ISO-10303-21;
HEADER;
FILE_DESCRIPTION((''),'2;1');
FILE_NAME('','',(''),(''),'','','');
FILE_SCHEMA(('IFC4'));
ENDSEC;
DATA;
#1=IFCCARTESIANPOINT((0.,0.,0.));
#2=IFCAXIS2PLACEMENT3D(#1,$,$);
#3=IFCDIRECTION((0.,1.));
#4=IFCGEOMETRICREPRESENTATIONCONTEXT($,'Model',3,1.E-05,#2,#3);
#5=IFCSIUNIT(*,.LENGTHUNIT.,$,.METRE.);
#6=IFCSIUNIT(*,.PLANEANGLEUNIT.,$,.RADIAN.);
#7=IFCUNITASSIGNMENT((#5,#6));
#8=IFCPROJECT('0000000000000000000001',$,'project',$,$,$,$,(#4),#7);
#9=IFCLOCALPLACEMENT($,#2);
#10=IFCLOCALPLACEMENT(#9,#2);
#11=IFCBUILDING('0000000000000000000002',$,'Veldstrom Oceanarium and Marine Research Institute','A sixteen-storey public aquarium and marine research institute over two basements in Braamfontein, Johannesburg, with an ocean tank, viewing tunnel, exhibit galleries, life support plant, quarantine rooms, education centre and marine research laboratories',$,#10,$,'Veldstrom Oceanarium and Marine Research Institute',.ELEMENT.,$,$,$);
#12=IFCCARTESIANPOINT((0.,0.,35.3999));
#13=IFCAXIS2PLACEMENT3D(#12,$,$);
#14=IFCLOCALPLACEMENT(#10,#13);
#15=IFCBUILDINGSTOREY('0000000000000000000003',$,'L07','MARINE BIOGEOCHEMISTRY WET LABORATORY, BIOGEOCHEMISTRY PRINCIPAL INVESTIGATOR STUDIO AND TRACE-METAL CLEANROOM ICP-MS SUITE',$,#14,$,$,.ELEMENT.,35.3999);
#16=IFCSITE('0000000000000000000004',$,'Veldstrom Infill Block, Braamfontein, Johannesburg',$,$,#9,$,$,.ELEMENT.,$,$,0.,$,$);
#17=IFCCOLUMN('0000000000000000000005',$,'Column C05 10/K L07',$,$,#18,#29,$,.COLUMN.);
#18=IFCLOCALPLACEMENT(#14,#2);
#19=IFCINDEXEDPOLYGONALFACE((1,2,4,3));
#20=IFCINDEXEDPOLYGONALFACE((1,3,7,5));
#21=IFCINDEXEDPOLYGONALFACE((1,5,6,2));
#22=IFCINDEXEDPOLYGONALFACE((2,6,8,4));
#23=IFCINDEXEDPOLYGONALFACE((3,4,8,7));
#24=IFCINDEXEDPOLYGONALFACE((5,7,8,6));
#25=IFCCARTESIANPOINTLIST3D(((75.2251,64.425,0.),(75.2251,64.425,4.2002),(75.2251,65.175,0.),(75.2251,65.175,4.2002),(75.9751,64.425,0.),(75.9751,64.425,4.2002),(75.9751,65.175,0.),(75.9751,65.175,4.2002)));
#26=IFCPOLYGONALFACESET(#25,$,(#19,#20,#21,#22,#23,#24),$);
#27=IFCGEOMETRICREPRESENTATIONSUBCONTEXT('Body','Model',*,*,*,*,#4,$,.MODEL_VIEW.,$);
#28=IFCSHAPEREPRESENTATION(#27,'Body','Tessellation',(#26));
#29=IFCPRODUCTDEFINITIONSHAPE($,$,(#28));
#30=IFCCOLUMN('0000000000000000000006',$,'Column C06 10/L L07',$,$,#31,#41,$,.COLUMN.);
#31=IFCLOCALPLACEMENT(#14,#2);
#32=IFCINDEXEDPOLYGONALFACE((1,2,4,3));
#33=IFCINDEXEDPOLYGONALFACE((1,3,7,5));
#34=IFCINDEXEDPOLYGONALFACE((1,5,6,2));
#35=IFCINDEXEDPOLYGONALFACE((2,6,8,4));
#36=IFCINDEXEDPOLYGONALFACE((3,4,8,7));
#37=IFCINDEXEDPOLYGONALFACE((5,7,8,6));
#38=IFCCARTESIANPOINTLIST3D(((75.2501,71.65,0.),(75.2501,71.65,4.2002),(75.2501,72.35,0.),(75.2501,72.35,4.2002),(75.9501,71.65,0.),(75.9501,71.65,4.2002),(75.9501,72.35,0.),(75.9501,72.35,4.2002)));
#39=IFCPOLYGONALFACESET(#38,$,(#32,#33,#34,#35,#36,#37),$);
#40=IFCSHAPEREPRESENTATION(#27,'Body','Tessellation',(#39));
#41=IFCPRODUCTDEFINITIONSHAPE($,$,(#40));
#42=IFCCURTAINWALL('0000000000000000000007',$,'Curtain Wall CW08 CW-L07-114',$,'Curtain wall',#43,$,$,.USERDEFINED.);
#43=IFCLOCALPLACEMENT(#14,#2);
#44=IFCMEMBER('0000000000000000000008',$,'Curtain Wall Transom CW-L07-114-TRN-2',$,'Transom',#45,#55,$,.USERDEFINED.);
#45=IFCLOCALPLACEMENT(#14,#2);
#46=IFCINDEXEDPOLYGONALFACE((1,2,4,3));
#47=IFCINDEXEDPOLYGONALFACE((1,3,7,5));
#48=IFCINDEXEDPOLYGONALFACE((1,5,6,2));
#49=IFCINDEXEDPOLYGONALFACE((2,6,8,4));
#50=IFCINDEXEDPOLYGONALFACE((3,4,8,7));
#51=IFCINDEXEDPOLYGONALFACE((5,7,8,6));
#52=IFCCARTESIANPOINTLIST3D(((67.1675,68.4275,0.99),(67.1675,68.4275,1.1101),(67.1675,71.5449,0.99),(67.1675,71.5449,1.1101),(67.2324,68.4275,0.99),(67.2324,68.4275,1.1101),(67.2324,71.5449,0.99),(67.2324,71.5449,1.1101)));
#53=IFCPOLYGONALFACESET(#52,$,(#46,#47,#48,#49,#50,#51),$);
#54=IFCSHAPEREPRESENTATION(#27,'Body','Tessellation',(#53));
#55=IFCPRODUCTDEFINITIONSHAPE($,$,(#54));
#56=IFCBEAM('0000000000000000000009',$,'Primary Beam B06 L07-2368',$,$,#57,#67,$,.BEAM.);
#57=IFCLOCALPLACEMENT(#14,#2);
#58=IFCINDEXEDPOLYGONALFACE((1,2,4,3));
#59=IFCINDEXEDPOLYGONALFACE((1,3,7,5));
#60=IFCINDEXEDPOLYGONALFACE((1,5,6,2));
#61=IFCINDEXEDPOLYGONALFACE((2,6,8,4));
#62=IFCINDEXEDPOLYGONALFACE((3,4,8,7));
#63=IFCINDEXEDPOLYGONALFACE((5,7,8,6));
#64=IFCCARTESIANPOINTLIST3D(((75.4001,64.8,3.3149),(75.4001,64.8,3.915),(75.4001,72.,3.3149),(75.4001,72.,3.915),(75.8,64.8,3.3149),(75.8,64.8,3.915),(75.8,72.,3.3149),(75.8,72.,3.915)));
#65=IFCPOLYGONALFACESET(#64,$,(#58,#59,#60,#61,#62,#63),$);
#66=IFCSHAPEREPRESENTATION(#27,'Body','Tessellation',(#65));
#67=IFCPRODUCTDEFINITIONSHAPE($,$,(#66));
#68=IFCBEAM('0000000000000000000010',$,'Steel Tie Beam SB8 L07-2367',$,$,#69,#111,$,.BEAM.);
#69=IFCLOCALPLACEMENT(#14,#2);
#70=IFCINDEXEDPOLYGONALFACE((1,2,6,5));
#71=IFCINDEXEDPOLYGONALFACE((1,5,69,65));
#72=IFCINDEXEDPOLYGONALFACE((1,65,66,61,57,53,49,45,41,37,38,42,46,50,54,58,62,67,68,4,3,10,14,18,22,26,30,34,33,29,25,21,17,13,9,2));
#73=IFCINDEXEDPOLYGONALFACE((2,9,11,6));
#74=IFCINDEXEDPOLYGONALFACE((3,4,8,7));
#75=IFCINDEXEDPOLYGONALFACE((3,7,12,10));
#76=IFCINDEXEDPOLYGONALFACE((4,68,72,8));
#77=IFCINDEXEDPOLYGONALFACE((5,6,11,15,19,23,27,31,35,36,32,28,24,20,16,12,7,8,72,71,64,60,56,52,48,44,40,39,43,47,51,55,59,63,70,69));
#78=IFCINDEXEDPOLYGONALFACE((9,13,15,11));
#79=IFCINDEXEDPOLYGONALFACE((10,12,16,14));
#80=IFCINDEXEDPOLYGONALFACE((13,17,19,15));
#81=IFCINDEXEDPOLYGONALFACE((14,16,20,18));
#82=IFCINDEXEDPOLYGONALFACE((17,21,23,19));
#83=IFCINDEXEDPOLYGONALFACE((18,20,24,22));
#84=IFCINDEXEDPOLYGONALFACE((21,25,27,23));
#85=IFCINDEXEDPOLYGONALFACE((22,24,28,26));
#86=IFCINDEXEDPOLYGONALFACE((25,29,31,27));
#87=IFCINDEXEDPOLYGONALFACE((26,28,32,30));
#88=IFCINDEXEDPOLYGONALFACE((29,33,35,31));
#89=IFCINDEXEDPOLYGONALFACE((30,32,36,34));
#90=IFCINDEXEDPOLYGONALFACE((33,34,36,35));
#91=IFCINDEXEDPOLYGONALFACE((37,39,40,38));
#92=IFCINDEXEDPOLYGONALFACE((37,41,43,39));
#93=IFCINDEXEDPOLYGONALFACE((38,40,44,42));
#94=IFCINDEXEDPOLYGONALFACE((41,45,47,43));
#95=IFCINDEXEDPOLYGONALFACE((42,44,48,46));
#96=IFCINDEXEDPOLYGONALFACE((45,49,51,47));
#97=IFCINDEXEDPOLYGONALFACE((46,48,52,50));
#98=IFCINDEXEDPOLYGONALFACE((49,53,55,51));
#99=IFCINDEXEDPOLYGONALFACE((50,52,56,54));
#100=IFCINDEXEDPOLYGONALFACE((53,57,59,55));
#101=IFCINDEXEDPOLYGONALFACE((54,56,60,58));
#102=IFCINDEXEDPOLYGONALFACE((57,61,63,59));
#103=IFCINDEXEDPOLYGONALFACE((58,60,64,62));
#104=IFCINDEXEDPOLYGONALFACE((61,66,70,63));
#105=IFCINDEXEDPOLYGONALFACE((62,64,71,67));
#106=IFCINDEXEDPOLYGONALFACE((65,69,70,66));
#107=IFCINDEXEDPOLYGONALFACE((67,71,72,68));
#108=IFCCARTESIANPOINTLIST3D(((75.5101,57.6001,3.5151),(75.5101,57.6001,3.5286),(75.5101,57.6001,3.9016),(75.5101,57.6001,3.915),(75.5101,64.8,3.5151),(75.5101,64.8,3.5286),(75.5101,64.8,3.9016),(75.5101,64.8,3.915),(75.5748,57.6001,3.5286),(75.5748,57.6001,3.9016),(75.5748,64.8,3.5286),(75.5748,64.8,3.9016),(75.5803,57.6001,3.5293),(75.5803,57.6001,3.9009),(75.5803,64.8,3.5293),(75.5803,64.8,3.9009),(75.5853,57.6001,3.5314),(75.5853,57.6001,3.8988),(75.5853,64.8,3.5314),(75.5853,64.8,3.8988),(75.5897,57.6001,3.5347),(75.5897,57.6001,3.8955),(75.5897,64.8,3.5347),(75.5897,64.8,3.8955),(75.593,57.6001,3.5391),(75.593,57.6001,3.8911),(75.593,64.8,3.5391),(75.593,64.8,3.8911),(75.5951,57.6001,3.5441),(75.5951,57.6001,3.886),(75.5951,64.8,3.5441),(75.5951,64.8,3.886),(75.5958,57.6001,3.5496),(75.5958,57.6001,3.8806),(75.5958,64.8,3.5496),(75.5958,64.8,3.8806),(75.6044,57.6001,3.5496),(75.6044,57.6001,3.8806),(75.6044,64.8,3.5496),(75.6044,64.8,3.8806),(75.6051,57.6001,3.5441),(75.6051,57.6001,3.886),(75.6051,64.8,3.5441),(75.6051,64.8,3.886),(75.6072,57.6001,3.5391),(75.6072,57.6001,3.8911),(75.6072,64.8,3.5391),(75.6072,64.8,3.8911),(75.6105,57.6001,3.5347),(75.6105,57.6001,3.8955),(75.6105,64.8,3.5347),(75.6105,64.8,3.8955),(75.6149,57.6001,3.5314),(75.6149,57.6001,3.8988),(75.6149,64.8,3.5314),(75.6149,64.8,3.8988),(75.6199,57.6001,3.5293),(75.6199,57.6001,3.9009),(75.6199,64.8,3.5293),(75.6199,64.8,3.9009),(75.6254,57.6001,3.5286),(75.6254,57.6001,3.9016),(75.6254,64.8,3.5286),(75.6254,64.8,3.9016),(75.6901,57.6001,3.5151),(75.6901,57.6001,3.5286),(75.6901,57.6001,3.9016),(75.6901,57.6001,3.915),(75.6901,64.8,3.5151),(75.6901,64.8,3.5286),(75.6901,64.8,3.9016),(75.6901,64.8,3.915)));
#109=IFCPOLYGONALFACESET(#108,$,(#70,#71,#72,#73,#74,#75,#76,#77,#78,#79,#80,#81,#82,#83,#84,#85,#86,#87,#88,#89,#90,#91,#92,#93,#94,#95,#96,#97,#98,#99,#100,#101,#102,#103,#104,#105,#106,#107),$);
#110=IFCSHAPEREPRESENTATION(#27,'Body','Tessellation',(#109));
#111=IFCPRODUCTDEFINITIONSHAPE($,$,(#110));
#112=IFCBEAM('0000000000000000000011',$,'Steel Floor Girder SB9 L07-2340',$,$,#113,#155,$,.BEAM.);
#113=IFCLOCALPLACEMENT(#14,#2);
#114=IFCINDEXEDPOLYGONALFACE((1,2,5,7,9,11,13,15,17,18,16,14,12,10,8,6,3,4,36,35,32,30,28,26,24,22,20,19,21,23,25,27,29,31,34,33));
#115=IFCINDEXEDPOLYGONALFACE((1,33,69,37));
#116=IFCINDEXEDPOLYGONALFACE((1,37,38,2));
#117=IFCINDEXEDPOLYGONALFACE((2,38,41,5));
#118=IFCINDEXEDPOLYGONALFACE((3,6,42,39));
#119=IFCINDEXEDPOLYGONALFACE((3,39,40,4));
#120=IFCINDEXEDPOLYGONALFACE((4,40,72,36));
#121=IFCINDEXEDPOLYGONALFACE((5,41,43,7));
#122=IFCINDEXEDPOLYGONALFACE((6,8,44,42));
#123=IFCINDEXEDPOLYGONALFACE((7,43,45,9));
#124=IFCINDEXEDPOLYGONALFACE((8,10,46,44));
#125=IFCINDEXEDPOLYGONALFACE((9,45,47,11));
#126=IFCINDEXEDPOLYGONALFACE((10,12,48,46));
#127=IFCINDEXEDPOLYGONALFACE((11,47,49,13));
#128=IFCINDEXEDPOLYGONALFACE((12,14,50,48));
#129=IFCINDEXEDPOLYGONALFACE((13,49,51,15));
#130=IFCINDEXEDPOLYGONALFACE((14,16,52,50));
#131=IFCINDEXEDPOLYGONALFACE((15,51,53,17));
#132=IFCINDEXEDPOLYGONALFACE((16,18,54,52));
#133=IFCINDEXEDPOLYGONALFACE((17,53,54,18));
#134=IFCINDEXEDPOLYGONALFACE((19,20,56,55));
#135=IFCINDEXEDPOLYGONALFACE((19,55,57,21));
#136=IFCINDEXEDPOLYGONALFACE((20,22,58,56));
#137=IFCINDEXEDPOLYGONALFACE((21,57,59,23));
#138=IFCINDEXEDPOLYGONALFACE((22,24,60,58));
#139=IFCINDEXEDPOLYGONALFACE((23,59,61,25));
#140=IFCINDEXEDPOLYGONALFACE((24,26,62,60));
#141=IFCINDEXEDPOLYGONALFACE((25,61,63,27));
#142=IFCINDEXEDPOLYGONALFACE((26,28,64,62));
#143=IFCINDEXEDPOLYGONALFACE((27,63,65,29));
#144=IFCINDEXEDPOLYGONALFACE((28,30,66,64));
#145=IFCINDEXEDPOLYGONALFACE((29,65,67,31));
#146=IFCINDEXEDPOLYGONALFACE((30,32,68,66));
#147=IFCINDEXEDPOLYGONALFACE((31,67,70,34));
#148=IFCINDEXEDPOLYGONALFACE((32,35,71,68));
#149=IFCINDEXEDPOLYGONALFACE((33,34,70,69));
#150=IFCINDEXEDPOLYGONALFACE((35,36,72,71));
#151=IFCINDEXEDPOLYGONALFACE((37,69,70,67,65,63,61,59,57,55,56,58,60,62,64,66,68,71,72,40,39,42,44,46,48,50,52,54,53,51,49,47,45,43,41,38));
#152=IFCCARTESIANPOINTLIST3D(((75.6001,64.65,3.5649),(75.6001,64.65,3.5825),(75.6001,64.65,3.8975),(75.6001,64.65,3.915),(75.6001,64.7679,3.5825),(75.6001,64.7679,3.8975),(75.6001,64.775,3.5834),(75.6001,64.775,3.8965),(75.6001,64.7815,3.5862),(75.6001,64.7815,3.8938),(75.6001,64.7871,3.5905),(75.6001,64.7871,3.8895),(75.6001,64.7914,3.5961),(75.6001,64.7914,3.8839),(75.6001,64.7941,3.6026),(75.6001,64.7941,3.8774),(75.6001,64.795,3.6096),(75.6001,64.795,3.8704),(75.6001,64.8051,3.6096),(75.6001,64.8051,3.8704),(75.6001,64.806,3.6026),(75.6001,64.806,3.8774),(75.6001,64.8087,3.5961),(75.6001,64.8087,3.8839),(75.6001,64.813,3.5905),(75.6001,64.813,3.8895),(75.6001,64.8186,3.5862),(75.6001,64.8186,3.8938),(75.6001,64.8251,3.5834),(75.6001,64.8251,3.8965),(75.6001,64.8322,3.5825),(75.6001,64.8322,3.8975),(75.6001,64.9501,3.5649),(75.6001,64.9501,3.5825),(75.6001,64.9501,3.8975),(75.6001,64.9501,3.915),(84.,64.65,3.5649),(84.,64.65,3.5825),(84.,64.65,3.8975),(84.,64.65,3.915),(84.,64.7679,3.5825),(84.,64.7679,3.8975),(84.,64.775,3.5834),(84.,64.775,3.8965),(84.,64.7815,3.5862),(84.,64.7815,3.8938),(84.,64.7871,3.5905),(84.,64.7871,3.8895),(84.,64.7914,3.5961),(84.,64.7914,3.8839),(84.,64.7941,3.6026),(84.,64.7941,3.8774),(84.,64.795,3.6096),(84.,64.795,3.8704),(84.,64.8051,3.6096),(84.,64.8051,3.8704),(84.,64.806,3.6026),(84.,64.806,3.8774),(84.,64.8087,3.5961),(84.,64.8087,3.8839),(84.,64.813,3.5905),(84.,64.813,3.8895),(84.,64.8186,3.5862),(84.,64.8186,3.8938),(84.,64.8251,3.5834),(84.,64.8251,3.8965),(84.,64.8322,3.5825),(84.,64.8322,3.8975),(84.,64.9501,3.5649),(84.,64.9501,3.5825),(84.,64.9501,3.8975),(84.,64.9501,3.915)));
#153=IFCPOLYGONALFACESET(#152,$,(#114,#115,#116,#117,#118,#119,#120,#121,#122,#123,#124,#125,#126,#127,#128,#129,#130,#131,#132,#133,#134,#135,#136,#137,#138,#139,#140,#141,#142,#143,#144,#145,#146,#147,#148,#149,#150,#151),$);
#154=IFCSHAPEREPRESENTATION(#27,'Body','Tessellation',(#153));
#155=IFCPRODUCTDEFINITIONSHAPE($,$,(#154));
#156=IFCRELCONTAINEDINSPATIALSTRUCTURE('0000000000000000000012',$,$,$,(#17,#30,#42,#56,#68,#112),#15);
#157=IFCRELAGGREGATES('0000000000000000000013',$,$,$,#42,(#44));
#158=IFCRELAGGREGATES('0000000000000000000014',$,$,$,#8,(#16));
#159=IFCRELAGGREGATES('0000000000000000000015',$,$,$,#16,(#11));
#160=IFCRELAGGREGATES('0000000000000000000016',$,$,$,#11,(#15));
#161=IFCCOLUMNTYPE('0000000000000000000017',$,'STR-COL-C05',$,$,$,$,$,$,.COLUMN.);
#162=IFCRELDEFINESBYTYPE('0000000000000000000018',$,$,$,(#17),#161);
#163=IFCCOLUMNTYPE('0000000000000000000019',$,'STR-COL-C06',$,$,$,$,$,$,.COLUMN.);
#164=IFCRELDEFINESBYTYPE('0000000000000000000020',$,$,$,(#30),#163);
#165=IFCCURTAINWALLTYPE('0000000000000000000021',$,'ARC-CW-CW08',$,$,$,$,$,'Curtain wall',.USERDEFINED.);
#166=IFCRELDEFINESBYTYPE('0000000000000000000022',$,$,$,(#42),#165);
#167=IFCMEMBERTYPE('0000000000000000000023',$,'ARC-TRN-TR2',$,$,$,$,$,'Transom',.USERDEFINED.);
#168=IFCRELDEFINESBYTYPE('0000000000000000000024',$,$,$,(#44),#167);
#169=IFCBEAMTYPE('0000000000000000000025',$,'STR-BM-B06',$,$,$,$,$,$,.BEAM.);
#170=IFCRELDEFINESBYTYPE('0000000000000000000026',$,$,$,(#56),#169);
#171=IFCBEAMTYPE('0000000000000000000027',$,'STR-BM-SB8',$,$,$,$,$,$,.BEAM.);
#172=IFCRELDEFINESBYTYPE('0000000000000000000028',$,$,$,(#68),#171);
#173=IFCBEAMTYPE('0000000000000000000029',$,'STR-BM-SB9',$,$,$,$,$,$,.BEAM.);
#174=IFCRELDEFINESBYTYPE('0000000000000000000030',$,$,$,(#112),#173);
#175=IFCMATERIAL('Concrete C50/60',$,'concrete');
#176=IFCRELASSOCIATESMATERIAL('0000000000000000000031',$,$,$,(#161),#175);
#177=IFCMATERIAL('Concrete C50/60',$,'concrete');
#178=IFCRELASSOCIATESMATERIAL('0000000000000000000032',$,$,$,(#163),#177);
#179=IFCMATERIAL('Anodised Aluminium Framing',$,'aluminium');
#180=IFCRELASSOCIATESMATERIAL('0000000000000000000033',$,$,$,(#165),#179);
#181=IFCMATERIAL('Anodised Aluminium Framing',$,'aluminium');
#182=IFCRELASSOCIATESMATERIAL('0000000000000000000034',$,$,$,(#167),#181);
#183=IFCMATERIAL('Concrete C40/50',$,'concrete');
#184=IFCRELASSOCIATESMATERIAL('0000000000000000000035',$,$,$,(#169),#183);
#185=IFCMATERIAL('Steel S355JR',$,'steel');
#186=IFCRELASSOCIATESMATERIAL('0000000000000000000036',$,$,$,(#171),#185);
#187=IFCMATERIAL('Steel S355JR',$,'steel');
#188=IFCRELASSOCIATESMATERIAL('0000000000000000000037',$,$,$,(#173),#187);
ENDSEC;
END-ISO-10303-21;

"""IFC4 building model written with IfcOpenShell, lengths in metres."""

from ifc_helpers import new_model, si_unit, direction, frame, origin, origin_2d, place, context, subcontext, project, spatial, rectangle, i_section, extrude, material, material_profile, profile_set, type_object, element, aggregate, save


model = new_model("IFC4")

# Units and contexts
model_context = context("Model", 3, precision=1e-05, world=origin(), true_north=direction((0.0, 1.0)))
body_context = subcontext(model_context, "Body", "Model", "MODEL_VIEW")
ifc_project = project(units=[si_unit("LENGTHUNIT", "METRE"), si_unit("PLANEANGLEUNIT", "RADIAN")], contexts=[model_context])

# Site, building, storey
site_placement = place(None, origin())
site = spatial("IfcSite", under=ifc_project, at=site_placement, Name="Veldstrom Infill Block, Braamfontein, Johannesburg", CompositionType="ELEMENT", RefElevation=0.0)
building_placement = place(site_placement, origin())
building = spatial("IfcBuilding", under=site, at=building_placement, Name="Veldstrom Oceanarium and Marine Research Institute", Description="A sixteen-storey public aquarium and marine research institute over two basements in Braamfontein, Johannesburg, with an ocean tank, viewing tunnel, exhibit galleries, life support plant, quarantine rooms, education centre and marine research laboratories", LongName="Veldstrom Oceanarium and Marine Research Institute", CompositionType="ELEMENT")
storey_placement = place(building_placement, frame((0.0, 0.0, 35.3999)))
storey = spatial("IfcBuildingStorey", under=building, at=storey_placement, Name="L07", Description="MARINE BIOGEOCHEMISTRY WET LABORATORY, BIOGEOCHEMISTRY PRINCIPAL INVESTIGATOR STUDIO AND TRACE-METAL CLEANROOM ICP-MS SUITE", CompositionType="ELEMENT", Elevation=35.3999)

# Columns
ifc_material_1 = material(Name="Concrete C50/60", Category="concrete")
ifc_material_profile_1 = material_profile(ifc_material_1, rectangle(XDim=0.75, YDim=0.75, at=origin_2d()), Name="RC-COL-750x750")
ifc_profile_set_1 = profile_set([ifc_material_profile_1], Name="Concrete C50/60")
column_type_1 = type_object("IfcColumnType", Name="STR-COL-C05", PredefinedType="COLUMN", material=ifc_profile_set_1)
column_1_placement = place(storey_placement, frame((75.6001, 64.8, 0.0), z_axis=(0.0, 0.0, 1.0), x_axis=(1.0, 0.0, 0.0)))
element("IfcColumn", 1, at=column_1_placement, inside=storey, type_object=column_type_1, Name="Column C05 10/K L07", PredefinedType="COLUMN", context=body_context, shape_type="SweptSolid", body=[
    extrude(rectangle(XDim=0.75, YDim=0.75, at=origin_2d()), origin(), (0.0, 0.0, 1.0), 4.2002),
])
ifc_material_2 = material(Name="Concrete C50/60", Category="concrete")
ifc_material_profile_2 = material_profile(ifc_material_2, rectangle(XDim=0.7, YDim=0.7, at=origin_2d()), Name="RC-COL-700x700")
ifc_profile_set_2 = profile_set([ifc_material_profile_2], Name="Concrete C50/60")
column_type_2 = type_object("IfcColumnType", Name="STR-COL-C06", PredefinedType="COLUMN", material=ifc_profile_set_2)
column_2_placement = place(storey_placement, frame((75.6001, 72.0, 0.0), z_axis=(0.0, 0.0, 1.0), x_axis=(1.0, 0.0, 0.0)))
element("IfcColumn", 2, at=column_2_placement, inside=storey, type_object=column_type_2, Name="Column C06 10/L L07", PredefinedType="COLUMN", context=body_context, shape_type="SweptSolid", body=[
    extrude(rectangle(XDim=0.7, YDim=0.7, at=origin_2d()), origin(), (0.0, 0.0, 1.0), 4.2002),
])

# Curtain wall, member
ifc_material_3 = material(Name="Anodised Aluminium Framing", Category="aluminium")
curtain_wall_type = type_object("IfcCurtainWallType", Name="ARC-CW-CW08", ElementType="Curtain wall", PredefinedType="USERDEFINED", material=ifc_material_3)
curtain_wall_placement = place(storey_placement, origin())
curtain_wall = element("IfcCurtainWall", 3, at=curtain_wall_placement, inside=storey, type_object=curtain_wall_type, Name="Curtain Wall CW08 CW-L07-114", ObjectType="Curtain wall", PredefinedType="USERDEFINED")
ifc_material_4 = material(Name="Anodised Aluminium Framing", Category="aluminium")
ifc_material_profile_3 = material_profile(ifc_material_4, rectangle(XDim=0.0649, YDim=0.1201, at=origin_2d()), Name="ALU-TRN-65x120")
ifc_profile_set_3 = profile_set([ifc_material_profile_3], Name="Anodised Aluminium Framing")
member_type = type_object("IfcMemberType", Name="ARC-TRN-TR2", ElementType="Transom", PredefinedType="USERDEFINED", material=ifc_profile_set_3)
member_placement = place(storey_placement, frame((67.2, 68.4275, 1.05), z_axis=(0.0, 1.0, 0.0), x_axis=(-1.0, 0.0, 0.0)))
member = element("IfcMember", 4, at=member_placement, type_object=member_type, Name="Curtain Wall Transom CW-L07-114-TRN-2", ObjectType="Transom", PredefinedType="USERDEFINED", context=body_context, shape_type="SweptSolid", body=[
    extrude(rectangle(XDim=0.0649, YDim=0.1201, at=origin_2d()), origin(), (0.0, 0.0, 1.0), 3.1174),
])

# Beams
ifc_material_5 = material(Name="Concrete C40/50", Category="concrete")
ifc_material_profile_4 = material_profile(ifc_material_5, rectangle(XDim=0.3999, YDim=0.6001, at=origin_2d()), Name="RC-BM-400x600")
ifc_profile_set_4 = profile_set([ifc_material_profile_4], Name="Concrete C40/50")
beam_type_1 = type_object("IfcBeamType", Name="STR-BM-B06", PredefinedType="BEAM", material=ifc_profile_set_4)
beam_1_placement = place(storey_placement, frame((75.6001, 64.8, 3.615), z_axis=(0.0, 1.0, 0.0), x_axis=(-1.0, 0.0, 0.0)))
element("IfcBeam", 5, at=beam_1_placement, inside=storey, type_object=beam_type_1, Name="Primary Beam B06 L07-2368", PredefinedType="BEAM", context=body_context, shape_type="SweptSolid", body=[
    extrude(rectangle(XDim=0.3999, YDim=0.6001, at=origin_2d()), origin(), (0.0, 0.0, 1.0), 7.2),
])
ifc_material_6 = material(Name="Steel S355JR", Category="steel")
ifc_material_profile_5 = material_profile(ifc_material_6, i_section(OverallWidth=0.1799, OverallDepth=0.3999, WebThickness=0.0085, FlangeThickness=0.0134, FilletRadius=0.021, at=origin_2d()), Name="IPE 400")
ifc_profile_set_5 = profile_set([ifc_material_profile_5], Name="Steel S355JR")
beam_type_2 = type_object("IfcBeamType", Name="STR-BM-SB8", PredefinedType="BEAM", material=ifc_profile_set_5)
beam_2_placement = place(storey_placement, frame((75.6001, 57.6001, 3.7151), z_axis=(0.0, 1.0, 0.0), x_axis=(-1.0, 0.0, 0.0)))
element("IfcBeam", 6, at=beam_2_placement, inside=storey, type_object=beam_type_2, Name="Steel Tie Beam SB8 L07-2367", PredefinedType="BEAM", context=body_context, shape_type="SweptSolid", body=[
    extrude(i_section(OverallWidth=0.1799, OverallDepth=0.3999, WebThickness=0.0085, FlangeThickness=0.0134, FilletRadius=0.021, at=origin_2d()), origin(), (0.0, 0.0, 1.0), 7.2),
])
ifc_material_7 = material(Name="Steel S355JR", Category="steel")
ifc_material_profile_6 = material_profile(ifc_material_7, i_section(OverallWidth=0.3, OverallDepth=0.3501, WebThickness=0.01, FlangeThickness=0.0176, FilletRadius=0.0271, at=origin_2d()), Name="HEA 360")
ifc_profile_set_6 = profile_set([ifc_material_profile_6], Name="Steel S355JR")
beam_type_3 = type_object("IfcBeamType", Name="STR-BM-SB9", PredefinedType="BEAM", material=ifc_profile_set_6)
beam_3_placement = place(storey_placement, frame((75.6001, 64.8, 3.74), z_axis=(1.0, 0.0, 0.0), x_axis=(0.0, 1.0, 0.0)))
element("IfcBeam", 7, at=beam_3_placement, inside=storey, type_object=beam_type_3, Name="Steel Floor Girder SB9 L07-2340", PredefinedType="BEAM", context=body_context, shape_type="SweptSolid", body=[
    extrude(i_section(OverallWidth=0.3, OverallDepth=0.3501, WebThickness=0.01, FlangeThickness=0.0176, FilletRadius=0.0271, at=origin_2d()), origin(), (0.0, 0.0, 1.0), 8.3999),
])

aggregate(curtain_wall, [member])

save(model, "model.ifc")
